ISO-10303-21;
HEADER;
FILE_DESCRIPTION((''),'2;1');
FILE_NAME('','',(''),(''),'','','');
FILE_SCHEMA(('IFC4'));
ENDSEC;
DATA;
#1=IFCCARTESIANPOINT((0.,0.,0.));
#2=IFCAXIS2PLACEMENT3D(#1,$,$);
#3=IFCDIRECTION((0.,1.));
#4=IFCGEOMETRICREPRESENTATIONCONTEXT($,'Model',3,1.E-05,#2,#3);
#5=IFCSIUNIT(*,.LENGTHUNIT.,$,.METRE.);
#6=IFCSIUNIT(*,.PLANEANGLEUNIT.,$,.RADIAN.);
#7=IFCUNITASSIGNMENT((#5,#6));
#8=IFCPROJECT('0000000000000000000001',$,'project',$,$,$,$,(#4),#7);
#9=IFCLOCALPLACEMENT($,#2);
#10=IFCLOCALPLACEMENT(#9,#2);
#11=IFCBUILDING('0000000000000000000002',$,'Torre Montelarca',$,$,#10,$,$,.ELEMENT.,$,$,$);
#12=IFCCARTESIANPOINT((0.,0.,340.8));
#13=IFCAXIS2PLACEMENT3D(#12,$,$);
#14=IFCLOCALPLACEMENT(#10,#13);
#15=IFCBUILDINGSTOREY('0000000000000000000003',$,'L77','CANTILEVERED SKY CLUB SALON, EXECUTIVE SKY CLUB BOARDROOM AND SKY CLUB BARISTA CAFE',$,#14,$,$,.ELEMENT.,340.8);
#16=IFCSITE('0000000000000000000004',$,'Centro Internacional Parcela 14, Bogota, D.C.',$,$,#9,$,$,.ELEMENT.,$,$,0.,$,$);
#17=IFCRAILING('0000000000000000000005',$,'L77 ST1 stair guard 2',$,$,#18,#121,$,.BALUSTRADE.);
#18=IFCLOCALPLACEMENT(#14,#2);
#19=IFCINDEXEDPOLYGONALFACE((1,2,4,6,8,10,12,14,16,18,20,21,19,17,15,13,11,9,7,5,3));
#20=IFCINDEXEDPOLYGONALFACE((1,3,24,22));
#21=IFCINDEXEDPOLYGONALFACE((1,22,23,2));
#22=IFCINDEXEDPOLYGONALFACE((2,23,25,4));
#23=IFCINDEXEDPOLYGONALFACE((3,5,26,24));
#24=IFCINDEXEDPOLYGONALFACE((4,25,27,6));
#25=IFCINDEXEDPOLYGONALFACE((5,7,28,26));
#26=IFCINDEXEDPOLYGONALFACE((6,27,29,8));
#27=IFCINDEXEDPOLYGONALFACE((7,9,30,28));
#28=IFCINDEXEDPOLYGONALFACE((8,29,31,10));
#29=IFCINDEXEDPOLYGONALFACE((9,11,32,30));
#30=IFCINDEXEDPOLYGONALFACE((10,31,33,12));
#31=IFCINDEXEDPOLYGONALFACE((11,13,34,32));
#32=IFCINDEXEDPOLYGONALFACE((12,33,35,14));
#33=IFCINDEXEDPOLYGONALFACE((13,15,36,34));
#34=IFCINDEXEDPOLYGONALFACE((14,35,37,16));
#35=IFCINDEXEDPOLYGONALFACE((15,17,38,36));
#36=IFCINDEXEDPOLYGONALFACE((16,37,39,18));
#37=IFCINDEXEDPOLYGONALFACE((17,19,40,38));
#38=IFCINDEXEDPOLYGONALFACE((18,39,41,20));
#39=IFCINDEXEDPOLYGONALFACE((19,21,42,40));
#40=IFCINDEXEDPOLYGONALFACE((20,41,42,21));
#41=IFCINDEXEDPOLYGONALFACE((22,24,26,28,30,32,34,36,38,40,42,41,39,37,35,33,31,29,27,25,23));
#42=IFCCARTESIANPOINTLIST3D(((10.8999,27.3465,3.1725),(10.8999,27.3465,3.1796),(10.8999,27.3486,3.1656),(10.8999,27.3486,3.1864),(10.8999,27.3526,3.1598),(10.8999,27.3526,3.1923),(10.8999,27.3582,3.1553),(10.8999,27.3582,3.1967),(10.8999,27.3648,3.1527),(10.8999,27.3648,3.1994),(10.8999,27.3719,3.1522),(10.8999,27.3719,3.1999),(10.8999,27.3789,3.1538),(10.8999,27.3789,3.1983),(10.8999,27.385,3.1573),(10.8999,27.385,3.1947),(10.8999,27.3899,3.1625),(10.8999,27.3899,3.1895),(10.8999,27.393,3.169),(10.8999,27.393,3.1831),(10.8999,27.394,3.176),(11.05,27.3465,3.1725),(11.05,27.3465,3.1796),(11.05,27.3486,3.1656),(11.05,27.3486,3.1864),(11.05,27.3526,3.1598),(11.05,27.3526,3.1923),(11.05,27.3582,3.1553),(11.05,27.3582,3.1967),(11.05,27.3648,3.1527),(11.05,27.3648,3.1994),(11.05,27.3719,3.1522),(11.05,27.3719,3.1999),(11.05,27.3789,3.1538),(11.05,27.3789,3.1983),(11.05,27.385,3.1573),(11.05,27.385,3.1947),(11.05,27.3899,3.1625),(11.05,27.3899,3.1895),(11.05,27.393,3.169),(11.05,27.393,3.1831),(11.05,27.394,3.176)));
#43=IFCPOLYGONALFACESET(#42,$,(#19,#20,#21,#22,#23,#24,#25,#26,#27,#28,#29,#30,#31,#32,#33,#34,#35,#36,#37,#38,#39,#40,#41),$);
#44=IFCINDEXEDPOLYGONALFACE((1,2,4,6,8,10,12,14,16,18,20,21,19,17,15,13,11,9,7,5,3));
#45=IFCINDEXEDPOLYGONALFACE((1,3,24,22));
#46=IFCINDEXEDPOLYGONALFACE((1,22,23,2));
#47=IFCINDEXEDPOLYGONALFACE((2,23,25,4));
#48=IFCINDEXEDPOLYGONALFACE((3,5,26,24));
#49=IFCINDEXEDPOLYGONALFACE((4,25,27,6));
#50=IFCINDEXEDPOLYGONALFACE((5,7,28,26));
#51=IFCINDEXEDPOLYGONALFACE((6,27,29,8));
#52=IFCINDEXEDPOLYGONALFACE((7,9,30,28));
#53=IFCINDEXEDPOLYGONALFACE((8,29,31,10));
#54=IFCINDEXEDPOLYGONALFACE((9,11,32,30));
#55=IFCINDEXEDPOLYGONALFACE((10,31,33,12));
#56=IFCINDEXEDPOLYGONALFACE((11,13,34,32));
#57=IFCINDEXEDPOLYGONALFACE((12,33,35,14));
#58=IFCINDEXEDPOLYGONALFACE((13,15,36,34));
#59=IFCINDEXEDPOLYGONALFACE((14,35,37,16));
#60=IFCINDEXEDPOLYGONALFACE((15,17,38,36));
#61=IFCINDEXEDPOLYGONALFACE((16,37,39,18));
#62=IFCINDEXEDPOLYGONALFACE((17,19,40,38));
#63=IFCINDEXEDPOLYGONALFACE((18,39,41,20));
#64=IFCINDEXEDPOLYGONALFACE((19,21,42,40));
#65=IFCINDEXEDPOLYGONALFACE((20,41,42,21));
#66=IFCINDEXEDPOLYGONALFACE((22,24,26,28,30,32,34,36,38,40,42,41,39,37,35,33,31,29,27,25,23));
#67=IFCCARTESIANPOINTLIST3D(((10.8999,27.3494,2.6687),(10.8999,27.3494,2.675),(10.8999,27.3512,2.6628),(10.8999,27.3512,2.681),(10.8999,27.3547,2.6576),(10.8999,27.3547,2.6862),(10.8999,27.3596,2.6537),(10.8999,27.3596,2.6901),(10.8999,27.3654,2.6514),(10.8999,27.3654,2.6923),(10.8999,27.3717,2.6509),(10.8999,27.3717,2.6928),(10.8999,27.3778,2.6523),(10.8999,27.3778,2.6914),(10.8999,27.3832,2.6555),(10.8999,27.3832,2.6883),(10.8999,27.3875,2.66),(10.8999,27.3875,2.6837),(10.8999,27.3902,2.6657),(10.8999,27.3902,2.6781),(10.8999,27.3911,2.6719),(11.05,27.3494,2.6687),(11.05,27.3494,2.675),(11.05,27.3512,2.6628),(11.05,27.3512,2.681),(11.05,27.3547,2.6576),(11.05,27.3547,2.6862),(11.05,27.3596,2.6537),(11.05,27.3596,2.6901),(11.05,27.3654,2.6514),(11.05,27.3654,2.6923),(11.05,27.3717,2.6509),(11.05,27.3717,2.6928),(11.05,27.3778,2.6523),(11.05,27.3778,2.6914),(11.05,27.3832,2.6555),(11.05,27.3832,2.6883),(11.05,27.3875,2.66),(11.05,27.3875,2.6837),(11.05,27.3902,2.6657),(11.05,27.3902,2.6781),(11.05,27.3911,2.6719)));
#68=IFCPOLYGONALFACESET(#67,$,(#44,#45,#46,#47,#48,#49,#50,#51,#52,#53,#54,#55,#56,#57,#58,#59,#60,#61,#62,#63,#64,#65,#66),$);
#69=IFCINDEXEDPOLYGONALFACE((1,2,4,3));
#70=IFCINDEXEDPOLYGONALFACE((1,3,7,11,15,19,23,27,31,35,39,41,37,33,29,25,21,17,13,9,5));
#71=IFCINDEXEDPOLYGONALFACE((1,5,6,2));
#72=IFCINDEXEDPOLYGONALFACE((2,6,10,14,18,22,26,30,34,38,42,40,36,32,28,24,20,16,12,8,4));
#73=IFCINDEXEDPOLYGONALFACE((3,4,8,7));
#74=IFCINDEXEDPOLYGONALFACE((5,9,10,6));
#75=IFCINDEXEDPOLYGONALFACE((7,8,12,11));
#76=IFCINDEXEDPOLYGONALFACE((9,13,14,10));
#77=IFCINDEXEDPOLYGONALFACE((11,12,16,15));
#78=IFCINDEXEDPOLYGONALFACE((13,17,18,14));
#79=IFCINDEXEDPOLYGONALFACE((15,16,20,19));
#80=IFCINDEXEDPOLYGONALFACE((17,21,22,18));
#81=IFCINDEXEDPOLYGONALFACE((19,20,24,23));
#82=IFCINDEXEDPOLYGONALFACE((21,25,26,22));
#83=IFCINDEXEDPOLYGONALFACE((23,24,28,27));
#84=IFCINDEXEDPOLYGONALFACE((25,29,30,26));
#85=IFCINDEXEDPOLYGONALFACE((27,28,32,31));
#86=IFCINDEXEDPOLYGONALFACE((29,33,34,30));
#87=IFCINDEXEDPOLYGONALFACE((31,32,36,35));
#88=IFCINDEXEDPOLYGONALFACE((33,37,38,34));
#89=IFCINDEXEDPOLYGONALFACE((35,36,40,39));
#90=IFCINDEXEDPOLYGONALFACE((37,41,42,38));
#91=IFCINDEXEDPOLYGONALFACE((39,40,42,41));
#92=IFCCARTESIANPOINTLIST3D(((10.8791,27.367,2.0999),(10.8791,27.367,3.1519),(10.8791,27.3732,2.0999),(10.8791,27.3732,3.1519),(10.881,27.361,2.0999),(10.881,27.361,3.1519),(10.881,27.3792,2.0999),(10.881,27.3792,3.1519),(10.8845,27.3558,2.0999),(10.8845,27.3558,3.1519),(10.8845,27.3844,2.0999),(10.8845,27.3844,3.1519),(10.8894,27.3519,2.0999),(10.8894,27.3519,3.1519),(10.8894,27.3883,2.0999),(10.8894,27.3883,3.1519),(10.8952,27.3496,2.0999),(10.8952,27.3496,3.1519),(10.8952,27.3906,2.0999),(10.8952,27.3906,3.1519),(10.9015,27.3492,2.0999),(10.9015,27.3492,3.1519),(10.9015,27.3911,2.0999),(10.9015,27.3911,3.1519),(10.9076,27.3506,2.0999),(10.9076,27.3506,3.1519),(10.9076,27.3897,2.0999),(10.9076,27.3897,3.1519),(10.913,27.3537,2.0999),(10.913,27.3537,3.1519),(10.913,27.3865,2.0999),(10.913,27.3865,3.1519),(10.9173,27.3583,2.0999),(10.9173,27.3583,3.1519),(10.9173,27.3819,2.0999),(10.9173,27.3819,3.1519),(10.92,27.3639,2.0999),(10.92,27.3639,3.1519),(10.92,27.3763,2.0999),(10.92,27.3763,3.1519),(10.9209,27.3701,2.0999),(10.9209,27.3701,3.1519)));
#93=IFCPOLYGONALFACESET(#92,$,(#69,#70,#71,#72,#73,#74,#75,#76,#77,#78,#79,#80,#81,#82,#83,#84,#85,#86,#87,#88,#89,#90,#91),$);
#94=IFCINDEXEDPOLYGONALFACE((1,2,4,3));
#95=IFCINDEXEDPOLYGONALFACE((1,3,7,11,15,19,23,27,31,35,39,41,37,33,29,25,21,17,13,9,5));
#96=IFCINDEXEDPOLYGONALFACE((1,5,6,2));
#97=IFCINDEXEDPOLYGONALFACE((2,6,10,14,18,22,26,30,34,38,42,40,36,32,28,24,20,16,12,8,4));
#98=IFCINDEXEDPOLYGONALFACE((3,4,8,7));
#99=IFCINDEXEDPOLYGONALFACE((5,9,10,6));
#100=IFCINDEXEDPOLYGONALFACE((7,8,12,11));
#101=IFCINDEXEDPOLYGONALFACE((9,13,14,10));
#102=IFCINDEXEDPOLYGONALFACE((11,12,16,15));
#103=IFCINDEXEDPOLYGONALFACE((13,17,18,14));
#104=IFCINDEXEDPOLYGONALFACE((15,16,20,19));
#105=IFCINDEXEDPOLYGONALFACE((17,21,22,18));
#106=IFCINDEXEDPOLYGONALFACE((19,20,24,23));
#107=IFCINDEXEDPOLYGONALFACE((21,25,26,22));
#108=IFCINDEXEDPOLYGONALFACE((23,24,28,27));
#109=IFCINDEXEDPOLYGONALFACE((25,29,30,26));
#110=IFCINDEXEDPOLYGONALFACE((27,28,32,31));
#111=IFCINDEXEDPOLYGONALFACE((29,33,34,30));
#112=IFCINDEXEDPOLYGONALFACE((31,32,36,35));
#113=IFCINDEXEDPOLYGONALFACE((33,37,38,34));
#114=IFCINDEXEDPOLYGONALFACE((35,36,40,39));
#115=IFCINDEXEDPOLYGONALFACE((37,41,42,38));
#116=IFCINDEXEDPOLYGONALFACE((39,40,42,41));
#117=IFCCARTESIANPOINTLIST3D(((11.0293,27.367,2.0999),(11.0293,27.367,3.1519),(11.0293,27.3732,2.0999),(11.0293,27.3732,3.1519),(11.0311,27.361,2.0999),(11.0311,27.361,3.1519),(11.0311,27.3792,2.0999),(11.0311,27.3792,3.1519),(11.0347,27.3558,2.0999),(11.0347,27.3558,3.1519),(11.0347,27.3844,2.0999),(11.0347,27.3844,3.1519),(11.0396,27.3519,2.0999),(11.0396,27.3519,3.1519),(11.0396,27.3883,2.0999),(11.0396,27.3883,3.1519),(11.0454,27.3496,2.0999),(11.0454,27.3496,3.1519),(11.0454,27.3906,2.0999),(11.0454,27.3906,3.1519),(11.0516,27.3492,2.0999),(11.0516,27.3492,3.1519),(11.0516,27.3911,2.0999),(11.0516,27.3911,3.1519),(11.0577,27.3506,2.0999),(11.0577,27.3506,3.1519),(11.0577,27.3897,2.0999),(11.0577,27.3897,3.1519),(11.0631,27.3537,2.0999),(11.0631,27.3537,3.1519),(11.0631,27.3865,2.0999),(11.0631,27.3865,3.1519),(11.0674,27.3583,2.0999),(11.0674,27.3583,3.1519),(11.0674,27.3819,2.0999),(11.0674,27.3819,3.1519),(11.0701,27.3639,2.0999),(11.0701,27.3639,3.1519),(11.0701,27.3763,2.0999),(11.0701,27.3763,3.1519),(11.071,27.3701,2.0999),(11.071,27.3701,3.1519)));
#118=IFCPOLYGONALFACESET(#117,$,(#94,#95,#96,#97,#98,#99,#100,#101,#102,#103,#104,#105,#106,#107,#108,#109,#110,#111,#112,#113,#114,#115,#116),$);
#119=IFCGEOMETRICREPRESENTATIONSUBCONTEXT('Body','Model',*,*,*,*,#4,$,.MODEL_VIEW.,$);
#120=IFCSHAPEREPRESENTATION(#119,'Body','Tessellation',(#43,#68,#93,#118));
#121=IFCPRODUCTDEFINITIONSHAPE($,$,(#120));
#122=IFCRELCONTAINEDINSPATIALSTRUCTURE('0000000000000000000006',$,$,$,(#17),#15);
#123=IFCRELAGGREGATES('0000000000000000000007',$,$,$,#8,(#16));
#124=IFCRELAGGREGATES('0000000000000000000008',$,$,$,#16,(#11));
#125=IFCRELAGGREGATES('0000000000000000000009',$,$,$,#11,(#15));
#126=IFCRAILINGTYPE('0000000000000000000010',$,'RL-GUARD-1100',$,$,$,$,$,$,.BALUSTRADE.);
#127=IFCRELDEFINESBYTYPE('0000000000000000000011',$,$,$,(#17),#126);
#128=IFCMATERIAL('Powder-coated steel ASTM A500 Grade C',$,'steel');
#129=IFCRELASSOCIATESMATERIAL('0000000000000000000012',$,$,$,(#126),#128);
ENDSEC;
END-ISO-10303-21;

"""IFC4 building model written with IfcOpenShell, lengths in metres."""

from ifc_helpers import new_model, si_unit, direction, frame, origin, origin_2d, place, context, subcontext, project, spatial, circle, extrude, material, type_object, element, save


model = new_model("IFC4")

# Units and contexts
model_context = context("Model", 3, precision=1e-05, world=origin(), true_north=direction((0.0, 1.0)))
body_context = subcontext(model_context, "Body", "Model", "MODEL_VIEW")
ifc_project = project(units=[si_unit("LENGTHUNIT", "METRE"), si_unit("PLANEANGLEUNIT", "RADIAN")], contexts=[model_context])

# Site, building, storey
site_placement = place(None, origin())
site = spatial("IfcSite", under=ifc_project, at=site_placement, Name="Centro Internacional Parcela 14, Bogota, D.C.", CompositionType="ELEMENT", RefElevation=0.0)
building_placement = place(site_placement, origin())
building = spatial("IfcBuilding", under=site, at=building_placement, Name="Torre Montelarca", CompositionType="ELEMENT")
storey_placement = place(building_placement, frame((0.0, 0.0, 340.8)))
storey = spatial("IfcBuildingStorey", under=building, at=storey_placement, Name="L77", Description="CANTILEVERED SKY CLUB SALON, EXECUTIVE SKY CLUB BOARDROOM AND SKY CLUB BARISTA CAFE", CompositionType="ELEMENT", Elevation=340.8)

# Railing
ifc_material_1 = material(Name="Powder-coated steel ASTM A500 Grade C", Category="steel")
railing_type_1 = type_object("IfcRailingType", Name="RL-GUARD-1100", PredefinedType="BALUSTRADE", material=ifc_material_1)
railing_1_placement = place(storey_placement, frame((10.8999, 27.3701, 2.0999)))
element("IfcRailing", 1, at=railing_1_placement, inside=storey, type_object=railing_type_1, Name="L77 ST1 stair guard 2", PredefinedType="BALUSTRADE", context=body_context, shape_type="SweptSolid", body=[
    extrude(circle(Radius=0.0239, at=origin_2d()), frame((0.0, 0.0, 1.0762), z_axis=(1.0, 0.0, 0.0), x_axis=(0.0, 1.0, 0.0)), (0.0, 0.0, 1.0), 0.1501),
    extrude(circle(Radius=0.021, at=origin_2d()), frame((0.0, 0.0, 0.572), z_axis=(1.0, 0.0, 0.0), x_axis=(0.0, 1.0, 0.0)), (0.0, 0.0, 1.0), 0.1501),
    extrude(circle(Radius=0.021, at=origin_2d()), origin(), (0.0, 0.0, 1.0), 1.052),
    extrude(circle(Radius=0.021, at=origin_2d()), frame((0.1501, 0.0, 0.0)), (0.0, 0.0, 1.0), 1.052),
])

save(model, "model.ifc")
